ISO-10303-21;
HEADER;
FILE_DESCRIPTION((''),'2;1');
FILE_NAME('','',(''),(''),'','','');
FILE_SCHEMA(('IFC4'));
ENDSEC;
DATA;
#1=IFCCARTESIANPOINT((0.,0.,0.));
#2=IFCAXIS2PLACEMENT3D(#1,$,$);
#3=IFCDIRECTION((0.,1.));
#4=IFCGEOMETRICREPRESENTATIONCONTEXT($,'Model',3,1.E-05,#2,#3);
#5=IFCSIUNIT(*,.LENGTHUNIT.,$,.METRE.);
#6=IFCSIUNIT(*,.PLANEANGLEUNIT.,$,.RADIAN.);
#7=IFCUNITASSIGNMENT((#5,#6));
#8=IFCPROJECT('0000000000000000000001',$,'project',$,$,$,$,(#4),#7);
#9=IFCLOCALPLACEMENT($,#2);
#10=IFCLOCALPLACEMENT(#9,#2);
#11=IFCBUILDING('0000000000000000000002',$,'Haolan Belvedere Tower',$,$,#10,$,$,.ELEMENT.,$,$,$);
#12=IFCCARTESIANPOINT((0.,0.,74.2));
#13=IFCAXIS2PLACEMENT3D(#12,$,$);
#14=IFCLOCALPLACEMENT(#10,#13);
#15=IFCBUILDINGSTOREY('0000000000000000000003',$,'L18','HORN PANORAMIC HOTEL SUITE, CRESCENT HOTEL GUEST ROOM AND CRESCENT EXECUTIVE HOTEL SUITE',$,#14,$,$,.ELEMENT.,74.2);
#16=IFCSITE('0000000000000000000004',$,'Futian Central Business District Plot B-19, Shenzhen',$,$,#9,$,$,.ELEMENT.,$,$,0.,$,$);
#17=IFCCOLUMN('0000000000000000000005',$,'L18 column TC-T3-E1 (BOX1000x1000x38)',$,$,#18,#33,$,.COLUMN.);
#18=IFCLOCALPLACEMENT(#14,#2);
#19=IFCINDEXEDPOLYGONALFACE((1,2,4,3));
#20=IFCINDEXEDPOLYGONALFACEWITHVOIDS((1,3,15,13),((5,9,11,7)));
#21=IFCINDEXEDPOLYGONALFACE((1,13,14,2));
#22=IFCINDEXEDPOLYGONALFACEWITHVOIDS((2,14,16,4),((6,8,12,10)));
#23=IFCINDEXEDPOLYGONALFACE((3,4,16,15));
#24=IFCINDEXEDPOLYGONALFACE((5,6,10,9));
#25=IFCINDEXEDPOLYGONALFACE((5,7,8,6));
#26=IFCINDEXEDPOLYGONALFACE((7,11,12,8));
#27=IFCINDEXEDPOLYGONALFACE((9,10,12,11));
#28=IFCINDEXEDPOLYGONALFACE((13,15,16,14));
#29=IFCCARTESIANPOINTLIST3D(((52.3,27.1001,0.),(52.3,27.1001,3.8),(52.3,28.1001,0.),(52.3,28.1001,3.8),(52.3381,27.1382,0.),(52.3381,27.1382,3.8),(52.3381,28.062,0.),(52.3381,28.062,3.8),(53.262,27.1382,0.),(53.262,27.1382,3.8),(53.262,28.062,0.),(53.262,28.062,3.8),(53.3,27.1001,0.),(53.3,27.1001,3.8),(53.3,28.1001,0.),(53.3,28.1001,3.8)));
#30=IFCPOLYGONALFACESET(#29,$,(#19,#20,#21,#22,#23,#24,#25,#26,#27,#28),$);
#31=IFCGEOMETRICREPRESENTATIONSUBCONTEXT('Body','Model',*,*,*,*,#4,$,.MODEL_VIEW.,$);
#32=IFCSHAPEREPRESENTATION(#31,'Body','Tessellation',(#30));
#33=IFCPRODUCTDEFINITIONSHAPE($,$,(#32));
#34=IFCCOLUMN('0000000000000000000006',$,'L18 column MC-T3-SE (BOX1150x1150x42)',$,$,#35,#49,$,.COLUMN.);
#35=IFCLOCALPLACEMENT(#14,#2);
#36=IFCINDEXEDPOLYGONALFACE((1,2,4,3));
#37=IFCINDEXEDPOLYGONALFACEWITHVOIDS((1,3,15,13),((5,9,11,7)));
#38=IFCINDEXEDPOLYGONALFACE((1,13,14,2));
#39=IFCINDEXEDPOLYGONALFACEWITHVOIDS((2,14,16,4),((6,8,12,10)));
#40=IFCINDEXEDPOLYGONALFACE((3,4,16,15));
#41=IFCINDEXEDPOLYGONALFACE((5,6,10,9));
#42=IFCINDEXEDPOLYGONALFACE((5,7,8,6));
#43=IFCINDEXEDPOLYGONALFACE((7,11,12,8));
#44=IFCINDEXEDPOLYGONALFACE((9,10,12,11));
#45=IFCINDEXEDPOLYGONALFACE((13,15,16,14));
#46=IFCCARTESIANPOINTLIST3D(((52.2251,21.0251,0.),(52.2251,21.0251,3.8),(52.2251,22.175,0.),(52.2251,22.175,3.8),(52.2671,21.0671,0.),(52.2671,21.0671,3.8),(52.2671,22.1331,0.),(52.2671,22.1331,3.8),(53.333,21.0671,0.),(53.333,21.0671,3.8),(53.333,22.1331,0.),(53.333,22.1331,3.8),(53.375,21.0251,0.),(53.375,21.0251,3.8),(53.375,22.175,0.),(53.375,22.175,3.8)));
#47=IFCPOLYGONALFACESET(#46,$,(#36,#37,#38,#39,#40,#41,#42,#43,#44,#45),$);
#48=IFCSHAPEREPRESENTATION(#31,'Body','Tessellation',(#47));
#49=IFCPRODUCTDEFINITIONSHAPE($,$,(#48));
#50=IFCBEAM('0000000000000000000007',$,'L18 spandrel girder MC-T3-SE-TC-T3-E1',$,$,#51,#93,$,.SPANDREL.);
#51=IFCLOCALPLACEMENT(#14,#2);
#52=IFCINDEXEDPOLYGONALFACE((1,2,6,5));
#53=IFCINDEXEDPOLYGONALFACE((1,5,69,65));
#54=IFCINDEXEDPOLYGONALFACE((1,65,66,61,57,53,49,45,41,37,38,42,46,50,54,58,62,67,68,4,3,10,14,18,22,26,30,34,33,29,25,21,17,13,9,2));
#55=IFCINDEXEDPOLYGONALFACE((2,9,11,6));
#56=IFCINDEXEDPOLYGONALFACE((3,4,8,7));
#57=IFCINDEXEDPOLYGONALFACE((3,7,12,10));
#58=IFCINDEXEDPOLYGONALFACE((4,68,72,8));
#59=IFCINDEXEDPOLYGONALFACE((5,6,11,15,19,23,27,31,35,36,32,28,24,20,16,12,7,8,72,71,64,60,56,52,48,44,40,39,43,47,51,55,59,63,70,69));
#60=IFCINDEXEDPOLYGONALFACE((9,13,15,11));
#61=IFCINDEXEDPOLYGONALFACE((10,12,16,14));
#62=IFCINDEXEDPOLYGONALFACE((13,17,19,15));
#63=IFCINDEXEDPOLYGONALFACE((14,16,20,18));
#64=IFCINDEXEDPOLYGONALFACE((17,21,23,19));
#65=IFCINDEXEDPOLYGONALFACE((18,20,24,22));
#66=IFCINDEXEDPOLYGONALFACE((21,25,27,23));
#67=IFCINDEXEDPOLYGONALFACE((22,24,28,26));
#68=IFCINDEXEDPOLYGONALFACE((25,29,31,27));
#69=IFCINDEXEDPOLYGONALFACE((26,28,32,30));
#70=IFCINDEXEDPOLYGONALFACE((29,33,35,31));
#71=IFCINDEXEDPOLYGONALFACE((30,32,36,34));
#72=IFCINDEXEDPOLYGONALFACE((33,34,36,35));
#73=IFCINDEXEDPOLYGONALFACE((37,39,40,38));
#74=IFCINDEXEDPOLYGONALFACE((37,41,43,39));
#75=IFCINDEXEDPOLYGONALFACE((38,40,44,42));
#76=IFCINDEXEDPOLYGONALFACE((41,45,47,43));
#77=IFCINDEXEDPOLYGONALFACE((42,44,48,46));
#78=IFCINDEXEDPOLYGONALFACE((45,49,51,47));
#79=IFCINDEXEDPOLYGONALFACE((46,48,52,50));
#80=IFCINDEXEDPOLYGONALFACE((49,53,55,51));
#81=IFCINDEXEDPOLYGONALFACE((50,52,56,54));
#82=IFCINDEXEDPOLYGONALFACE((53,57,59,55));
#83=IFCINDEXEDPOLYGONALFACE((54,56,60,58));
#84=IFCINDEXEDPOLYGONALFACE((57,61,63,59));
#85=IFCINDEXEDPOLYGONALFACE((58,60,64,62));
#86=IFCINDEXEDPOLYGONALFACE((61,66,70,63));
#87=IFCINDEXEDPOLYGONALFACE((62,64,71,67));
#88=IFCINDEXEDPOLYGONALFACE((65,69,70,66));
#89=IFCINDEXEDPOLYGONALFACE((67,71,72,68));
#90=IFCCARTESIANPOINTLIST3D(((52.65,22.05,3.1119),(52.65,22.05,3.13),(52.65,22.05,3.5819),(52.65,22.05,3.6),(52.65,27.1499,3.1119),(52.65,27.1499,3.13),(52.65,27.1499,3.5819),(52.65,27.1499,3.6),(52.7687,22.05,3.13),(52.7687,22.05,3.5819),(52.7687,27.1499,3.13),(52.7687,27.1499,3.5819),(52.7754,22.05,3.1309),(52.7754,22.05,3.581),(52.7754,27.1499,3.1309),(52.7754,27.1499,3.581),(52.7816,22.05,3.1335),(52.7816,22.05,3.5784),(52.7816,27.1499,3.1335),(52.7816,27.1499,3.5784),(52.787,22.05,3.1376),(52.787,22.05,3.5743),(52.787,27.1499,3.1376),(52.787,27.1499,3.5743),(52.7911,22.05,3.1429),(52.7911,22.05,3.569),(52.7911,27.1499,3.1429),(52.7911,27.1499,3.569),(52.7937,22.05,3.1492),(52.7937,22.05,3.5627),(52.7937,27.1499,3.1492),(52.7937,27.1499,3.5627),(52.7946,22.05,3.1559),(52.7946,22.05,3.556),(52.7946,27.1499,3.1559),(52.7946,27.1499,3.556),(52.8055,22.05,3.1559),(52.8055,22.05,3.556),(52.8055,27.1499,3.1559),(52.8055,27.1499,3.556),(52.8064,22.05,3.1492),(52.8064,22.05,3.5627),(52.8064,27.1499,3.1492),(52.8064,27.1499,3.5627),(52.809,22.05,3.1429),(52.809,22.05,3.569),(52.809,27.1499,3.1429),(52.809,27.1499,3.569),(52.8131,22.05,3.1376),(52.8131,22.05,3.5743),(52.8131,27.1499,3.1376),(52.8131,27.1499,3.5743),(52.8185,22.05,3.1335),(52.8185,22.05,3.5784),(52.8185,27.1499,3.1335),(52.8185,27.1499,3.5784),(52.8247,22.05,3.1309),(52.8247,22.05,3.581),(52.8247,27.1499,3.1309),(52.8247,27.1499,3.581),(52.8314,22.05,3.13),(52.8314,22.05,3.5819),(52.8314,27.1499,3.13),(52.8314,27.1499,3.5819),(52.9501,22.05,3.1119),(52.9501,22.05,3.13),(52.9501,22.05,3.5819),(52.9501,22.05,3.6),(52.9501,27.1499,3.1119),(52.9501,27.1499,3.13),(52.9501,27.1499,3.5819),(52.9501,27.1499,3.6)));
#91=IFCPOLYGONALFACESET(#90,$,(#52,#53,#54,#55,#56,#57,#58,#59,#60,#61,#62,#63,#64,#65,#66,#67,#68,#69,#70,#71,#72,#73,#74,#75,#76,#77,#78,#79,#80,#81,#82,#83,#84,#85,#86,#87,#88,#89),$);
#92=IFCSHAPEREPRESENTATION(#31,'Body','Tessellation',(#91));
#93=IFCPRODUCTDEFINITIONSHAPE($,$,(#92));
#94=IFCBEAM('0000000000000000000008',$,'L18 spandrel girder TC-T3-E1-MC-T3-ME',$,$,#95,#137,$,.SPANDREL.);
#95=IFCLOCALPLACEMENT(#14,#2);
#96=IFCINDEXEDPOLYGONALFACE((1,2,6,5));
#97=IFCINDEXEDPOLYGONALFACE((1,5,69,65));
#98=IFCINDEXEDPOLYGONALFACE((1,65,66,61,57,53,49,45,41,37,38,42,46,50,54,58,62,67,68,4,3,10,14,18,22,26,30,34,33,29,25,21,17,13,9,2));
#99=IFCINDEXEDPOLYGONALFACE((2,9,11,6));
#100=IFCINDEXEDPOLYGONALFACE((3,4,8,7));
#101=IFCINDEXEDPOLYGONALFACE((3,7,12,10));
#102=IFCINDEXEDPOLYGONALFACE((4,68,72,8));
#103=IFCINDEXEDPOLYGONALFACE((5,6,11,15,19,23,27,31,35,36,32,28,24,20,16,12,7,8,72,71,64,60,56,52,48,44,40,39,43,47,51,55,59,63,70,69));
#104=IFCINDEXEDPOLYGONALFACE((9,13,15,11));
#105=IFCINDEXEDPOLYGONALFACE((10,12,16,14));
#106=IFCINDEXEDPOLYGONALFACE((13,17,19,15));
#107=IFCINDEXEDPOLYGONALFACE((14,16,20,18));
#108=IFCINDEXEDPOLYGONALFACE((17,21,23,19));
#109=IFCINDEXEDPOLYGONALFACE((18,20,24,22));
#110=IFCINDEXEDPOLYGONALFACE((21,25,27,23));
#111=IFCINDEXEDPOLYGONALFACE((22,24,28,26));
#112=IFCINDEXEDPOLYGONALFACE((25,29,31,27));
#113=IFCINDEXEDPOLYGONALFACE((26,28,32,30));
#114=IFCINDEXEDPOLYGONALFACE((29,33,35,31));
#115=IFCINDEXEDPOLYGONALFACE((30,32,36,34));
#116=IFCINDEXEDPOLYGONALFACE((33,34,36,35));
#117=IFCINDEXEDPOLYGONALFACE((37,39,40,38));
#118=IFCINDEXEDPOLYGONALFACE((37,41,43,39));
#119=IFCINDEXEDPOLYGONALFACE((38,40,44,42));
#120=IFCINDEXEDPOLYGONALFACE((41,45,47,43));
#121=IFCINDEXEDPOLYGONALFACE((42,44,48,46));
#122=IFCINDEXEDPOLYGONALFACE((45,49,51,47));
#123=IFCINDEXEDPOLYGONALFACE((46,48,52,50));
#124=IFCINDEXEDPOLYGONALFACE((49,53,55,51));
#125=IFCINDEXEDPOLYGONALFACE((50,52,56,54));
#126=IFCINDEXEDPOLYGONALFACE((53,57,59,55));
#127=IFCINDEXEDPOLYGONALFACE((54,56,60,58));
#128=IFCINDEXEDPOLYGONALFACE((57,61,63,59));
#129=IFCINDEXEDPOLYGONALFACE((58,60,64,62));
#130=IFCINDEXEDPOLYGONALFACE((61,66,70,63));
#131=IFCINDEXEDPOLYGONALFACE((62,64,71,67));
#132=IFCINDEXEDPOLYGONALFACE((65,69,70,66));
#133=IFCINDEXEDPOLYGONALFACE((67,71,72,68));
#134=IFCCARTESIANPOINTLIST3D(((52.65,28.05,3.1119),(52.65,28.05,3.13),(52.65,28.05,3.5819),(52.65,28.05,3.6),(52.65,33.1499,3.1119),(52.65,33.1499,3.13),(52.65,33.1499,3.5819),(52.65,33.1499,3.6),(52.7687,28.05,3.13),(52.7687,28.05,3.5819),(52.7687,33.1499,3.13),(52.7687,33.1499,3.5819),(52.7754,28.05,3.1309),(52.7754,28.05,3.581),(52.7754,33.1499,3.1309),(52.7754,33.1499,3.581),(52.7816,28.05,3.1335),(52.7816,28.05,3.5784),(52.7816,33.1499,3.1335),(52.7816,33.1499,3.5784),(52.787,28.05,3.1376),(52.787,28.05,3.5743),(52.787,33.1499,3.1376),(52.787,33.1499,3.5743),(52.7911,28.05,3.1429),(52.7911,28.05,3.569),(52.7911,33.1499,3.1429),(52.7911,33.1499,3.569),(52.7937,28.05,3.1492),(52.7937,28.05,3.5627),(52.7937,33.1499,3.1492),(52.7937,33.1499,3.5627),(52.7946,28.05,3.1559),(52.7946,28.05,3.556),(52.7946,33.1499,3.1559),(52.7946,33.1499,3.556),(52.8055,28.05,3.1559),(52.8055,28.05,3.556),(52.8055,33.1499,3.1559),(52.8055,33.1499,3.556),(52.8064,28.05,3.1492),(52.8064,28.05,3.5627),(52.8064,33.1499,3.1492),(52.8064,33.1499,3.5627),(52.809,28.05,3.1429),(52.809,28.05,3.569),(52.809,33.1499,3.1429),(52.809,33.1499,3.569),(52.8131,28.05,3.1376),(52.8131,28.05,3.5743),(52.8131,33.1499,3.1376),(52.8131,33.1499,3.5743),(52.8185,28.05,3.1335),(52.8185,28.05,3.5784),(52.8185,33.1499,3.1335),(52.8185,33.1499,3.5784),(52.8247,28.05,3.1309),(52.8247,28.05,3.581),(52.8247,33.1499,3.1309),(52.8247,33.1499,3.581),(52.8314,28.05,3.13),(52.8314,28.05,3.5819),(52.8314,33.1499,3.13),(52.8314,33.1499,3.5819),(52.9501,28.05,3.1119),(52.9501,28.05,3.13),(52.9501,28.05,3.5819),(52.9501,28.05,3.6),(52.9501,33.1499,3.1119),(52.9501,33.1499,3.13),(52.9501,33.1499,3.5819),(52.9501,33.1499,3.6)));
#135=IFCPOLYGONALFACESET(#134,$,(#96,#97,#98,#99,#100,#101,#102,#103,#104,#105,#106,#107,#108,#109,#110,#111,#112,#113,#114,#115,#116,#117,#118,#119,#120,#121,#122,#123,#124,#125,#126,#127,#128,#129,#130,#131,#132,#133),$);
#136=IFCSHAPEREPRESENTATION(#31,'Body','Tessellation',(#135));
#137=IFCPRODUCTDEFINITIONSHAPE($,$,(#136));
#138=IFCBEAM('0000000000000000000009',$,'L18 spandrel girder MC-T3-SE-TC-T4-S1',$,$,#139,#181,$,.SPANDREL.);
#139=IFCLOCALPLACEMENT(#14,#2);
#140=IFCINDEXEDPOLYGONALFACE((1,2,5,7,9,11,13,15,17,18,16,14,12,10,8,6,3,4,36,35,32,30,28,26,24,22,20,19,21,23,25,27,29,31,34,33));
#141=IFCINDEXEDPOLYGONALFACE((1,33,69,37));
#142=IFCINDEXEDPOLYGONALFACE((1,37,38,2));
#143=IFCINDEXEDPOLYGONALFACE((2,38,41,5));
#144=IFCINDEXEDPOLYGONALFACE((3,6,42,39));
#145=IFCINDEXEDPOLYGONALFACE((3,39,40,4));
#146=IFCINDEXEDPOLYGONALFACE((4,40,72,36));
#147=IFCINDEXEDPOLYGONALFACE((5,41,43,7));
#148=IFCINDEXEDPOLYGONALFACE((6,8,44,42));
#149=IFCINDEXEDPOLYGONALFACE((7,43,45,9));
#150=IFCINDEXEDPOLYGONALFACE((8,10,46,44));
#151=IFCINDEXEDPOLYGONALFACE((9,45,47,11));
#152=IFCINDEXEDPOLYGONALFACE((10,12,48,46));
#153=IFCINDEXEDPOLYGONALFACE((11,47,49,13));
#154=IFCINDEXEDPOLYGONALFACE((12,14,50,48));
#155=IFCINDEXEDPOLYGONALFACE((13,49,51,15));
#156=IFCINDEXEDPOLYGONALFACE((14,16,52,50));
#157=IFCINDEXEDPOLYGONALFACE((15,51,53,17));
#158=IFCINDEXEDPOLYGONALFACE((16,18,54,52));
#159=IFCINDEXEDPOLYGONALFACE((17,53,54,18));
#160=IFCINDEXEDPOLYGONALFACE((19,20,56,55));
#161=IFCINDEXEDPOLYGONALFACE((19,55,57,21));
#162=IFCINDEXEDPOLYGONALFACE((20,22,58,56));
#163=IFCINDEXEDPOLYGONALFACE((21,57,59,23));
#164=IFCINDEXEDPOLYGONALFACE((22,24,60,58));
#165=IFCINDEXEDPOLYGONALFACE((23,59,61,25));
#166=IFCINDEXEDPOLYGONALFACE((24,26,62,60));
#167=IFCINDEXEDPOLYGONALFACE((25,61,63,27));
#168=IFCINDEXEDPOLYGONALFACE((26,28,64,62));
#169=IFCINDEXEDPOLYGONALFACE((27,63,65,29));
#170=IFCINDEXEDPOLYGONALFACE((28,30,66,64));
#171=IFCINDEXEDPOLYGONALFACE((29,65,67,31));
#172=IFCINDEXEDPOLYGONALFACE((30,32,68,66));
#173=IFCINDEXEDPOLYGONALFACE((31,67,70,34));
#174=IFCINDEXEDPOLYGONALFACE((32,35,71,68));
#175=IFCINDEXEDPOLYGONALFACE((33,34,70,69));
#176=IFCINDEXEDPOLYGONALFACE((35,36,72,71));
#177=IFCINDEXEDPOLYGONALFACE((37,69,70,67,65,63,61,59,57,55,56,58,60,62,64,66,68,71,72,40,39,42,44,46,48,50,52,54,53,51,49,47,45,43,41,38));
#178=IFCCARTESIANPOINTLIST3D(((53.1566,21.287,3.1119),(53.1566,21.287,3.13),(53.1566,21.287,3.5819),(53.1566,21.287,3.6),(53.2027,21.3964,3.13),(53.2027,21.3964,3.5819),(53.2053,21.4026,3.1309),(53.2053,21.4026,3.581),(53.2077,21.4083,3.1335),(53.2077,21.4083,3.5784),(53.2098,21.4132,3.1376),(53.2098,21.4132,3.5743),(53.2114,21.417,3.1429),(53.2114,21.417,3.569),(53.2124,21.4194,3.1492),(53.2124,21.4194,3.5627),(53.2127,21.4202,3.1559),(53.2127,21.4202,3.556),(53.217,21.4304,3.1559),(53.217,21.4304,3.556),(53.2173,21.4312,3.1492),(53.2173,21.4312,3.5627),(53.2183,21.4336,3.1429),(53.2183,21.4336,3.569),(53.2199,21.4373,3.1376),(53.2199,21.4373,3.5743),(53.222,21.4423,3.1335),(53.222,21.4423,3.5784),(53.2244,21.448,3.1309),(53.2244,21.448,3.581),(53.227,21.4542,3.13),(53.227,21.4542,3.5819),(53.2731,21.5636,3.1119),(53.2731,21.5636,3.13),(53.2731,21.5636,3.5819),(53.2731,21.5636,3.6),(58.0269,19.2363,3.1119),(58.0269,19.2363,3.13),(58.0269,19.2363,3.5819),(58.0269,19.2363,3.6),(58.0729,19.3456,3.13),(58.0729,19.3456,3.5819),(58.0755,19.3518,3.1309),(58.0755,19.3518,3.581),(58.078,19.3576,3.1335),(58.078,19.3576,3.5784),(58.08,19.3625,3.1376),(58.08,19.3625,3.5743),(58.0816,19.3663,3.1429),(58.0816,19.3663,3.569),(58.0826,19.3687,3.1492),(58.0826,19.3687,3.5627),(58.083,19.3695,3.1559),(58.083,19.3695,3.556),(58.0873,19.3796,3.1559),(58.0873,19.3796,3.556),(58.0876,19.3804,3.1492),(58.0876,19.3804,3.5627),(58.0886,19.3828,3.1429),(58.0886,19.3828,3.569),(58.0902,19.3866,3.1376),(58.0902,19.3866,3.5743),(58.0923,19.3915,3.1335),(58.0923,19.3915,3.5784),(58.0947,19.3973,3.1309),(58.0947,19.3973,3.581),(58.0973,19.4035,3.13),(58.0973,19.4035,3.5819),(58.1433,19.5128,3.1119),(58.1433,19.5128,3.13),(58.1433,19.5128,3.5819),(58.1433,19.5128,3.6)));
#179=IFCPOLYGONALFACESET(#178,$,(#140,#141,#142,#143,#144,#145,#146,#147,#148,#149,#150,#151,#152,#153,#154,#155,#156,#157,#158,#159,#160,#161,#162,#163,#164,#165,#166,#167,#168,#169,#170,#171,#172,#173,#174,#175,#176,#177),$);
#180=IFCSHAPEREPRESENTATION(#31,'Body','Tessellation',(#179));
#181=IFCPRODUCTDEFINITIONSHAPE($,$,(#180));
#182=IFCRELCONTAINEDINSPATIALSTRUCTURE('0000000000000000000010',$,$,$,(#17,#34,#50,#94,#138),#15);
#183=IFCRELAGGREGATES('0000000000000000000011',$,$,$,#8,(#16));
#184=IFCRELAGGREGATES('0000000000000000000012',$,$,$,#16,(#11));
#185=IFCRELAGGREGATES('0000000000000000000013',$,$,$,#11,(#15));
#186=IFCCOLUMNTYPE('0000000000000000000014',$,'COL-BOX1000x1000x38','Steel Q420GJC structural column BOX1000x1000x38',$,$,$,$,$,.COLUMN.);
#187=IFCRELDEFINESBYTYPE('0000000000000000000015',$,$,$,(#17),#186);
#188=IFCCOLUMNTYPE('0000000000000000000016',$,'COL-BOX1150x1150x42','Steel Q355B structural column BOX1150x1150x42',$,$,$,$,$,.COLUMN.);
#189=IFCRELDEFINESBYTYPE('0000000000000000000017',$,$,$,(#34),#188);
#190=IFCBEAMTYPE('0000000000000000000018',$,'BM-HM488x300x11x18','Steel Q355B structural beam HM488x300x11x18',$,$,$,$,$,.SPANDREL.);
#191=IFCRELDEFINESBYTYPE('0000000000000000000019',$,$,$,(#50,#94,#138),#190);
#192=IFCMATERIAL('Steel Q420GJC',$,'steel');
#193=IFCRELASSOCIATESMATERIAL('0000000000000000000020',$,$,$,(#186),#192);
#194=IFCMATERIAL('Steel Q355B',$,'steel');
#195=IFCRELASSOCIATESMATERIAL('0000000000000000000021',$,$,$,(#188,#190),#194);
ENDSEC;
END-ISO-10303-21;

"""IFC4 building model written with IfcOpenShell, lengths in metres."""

from ifc_helpers import new_model, si_unit, direction, frame, origin, origin_2d, place, context, subcontext, project, spatial, hollow_rectangle, i_section, extrude, material, material_profile, profile_set, type_object, element, save


model = new_model("IFC4")

# Units and contexts
model_context = context("Model", 3, precision=1e-05, world=origin(), true_north=direction((0.0, 1.0)))
body_context = subcontext(model_context, "Body", "Model", "MODEL_VIEW")
ifc_project = project(units=[si_unit("LENGTHUNIT", "METRE"), si_unit("PLANEANGLEUNIT", "RADIAN")], contexts=[model_context])

# Site, building, storey
site_placement = place(None, origin())
site = spatial("IfcSite", under=ifc_project, at=site_placement, Name="Futian Central Business District Plot B-19, Shenzhen", CompositionType="ELEMENT", RefElevation=0.0)
building_placement = place(site_placement, origin())
building = spatial("IfcBuilding", under=site, at=building_placement, Name="Haolan Belvedere Tower", CompositionType="ELEMENT")
storey_placement = place(building_placement, frame((0.0, 0.0, 74.2)))
storey = spatial("IfcBuildingStorey", under=building, at=storey_placement, Name="L18", Description="HORN PANORAMIC HOTEL SUITE, CRESCENT HOTEL GUEST ROOM AND CRESCENT EXECUTIVE HOTEL SUITE", CompositionType="ELEMENT", Elevation=74.2)

# Columns
ifc_material_1 = material(Name="Steel Q420GJC", Category="steel")
ifc_material_profile_1 = material_profile(ifc_material_1, hollow_rectangle(XDim=1.0, YDim=1.0, WallThickness=0.0381, at=origin_2d()), Name="Steel Q420GJC")
ifc_profile_set_1 = profile_set([ifc_material_profile_1], Name="Steel Q420GJC")
column_type_1 = type_object("IfcColumnType", Name="COL-BOX1000x1000x38", Description="Steel Q420GJC structural column BOX1000x1000x38", PredefinedType="COLUMN", material=ifc_profile_set_1)
column_1_placement = place(storey_placement, frame((52.8, 27.6001, 0.0), z_axis=(0.0, 0.0, 1.0), x_axis=(1.0, 0.0, 0.0)))
element("IfcColumn", 1, at=column_1_placement, inside=storey, type_object=column_type_1, Name="L18 column TC-T3-E1 (BOX1000x1000x38)", PredefinedType="COLUMN", context=body_context, shape_type="SweptSolid", body=[
    extrude(hollow_rectangle(XDim=1.0, YDim=1.0, WallThickness=0.0381, at=origin_2d()), origin(), (0.0, 0.0, 1.0), 3.8),
])
ifc_material_2 = material(Name="Steel Q355B", Category="steel")
ifc_material_profile_2 = material_profile(ifc_material_2, hollow_rectangle(XDim=1.1499, YDim=1.1499, WallThickness=0.042, at=origin_2d()), Name="Steel Q355B")
ifc_profile_set_2 = profile_set([ifc_material_profile_2], Name="Steel Q355B")
column_type_2 = type_object("IfcColumnType", Name="COL-BOX1150x1150x42", Description="Steel Q355B structural column BOX1150x1150x42", PredefinedType="COLUMN", material=ifc_profile_set_2)
column_2_placement = place(storey_placement, frame((52.8, 21.6001, 0.0), z_axis=(0.0, 0.0, 1.0), x_axis=(1.0, 0.0, 0.0)))
element("IfcColumn", 2, at=column_2_placement, inside=storey, type_object=column_type_2, Name="L18 column MC-T3-SE (BOX1150x1150x42)", PredefinedType="COLUMN", context=body_context, shape_type="SweptSolid", body=[
    extrude(hollow_rectangle(XDim=1.1499, YDim=1.1499, WallThickness=0.042, at=origin_2d()), origin(), (0.0, 0.0, 1.0), 3.8),
])

# Beams
ifc_material_profile_3 = material_profile(ifc_material_2, i_section(OverallWidth=0.3, OverallDepth=0.488, WebThickness=0.011, FlangeThickness=0.0181, FilletRadius=0.0259, at=origin_2d()), Name="Steel Q355B")
ifc_profile_set_3 = profile_set([ifc_material_profile_3], Name="Steel Q355B")
beam_type_1 = type_object("IfcBeamType", Name="BM-HM488x300x11x18", Description="Steel Q355B structural beam HM488x300x11x18", PredefinedType="SPANDREL", material=ifc_profile_set_3)
for number, where, z_axis, x_axis, name in (
    (3, (52.8, 22.05, 3.356), (0.0, 1.0, 0.0), (-1.0, 0.0, 0.0), "L18 spandrel girder MC-T3-SE-TC-T3-E1"),
    (4, (52.8, 28.05, 3.356), (0.0, 1.0, 0.0), (-1.0, 0.0, 0.0), "L18 spandrel girder TC-T3-E1-MC-T3-ME"),
):
    element("IfcBeam", number, at=place(storey_placement, frame(where, z_axis=z_axis, x_axis=x_axis)), inside=storey, type_object=beam_type_1, Name=name, PredefinedType="SPANDREL", context=body_context, shape_type="SweptSolid", body=[
        extrude(i_section(OverallWidth=0.3, OverallDepth=0.488, WebThickness=0.011, FlangeThickness=0.0181, FilletRadius=0.0259, at=origin_2d()), origin(), (0.0, 0.0, 1.0), 5.0999),
    ])
beam_1_placement = place(storey_placement, frame((53.2148, 21.4253, 3.356), z_axis=(0.921628, -0.388074, 0.0), x_axis=(0.388074, 0.921628, 0.0)))
element("IfcBeam", 5, at=beam_1_placement, inside=storey, type_object=beam_type_1, Name="L18 spandrel girder MC-T3-SE-TC-T4-S1", PredefinedType="SPANDREL", context=body_context, shape_type="SweptSolid", body=[
    extrude(i_section(OverallWidth=0.3, OverallDepth=0.488, WebThickness=0.011, FlangeThickness=0.0181, FilletRadius=0.0259, at=origin_2d()), origin(), (0.0, 0.0, 1.0), 5.2844),
])

save(model, "model.ifc")
